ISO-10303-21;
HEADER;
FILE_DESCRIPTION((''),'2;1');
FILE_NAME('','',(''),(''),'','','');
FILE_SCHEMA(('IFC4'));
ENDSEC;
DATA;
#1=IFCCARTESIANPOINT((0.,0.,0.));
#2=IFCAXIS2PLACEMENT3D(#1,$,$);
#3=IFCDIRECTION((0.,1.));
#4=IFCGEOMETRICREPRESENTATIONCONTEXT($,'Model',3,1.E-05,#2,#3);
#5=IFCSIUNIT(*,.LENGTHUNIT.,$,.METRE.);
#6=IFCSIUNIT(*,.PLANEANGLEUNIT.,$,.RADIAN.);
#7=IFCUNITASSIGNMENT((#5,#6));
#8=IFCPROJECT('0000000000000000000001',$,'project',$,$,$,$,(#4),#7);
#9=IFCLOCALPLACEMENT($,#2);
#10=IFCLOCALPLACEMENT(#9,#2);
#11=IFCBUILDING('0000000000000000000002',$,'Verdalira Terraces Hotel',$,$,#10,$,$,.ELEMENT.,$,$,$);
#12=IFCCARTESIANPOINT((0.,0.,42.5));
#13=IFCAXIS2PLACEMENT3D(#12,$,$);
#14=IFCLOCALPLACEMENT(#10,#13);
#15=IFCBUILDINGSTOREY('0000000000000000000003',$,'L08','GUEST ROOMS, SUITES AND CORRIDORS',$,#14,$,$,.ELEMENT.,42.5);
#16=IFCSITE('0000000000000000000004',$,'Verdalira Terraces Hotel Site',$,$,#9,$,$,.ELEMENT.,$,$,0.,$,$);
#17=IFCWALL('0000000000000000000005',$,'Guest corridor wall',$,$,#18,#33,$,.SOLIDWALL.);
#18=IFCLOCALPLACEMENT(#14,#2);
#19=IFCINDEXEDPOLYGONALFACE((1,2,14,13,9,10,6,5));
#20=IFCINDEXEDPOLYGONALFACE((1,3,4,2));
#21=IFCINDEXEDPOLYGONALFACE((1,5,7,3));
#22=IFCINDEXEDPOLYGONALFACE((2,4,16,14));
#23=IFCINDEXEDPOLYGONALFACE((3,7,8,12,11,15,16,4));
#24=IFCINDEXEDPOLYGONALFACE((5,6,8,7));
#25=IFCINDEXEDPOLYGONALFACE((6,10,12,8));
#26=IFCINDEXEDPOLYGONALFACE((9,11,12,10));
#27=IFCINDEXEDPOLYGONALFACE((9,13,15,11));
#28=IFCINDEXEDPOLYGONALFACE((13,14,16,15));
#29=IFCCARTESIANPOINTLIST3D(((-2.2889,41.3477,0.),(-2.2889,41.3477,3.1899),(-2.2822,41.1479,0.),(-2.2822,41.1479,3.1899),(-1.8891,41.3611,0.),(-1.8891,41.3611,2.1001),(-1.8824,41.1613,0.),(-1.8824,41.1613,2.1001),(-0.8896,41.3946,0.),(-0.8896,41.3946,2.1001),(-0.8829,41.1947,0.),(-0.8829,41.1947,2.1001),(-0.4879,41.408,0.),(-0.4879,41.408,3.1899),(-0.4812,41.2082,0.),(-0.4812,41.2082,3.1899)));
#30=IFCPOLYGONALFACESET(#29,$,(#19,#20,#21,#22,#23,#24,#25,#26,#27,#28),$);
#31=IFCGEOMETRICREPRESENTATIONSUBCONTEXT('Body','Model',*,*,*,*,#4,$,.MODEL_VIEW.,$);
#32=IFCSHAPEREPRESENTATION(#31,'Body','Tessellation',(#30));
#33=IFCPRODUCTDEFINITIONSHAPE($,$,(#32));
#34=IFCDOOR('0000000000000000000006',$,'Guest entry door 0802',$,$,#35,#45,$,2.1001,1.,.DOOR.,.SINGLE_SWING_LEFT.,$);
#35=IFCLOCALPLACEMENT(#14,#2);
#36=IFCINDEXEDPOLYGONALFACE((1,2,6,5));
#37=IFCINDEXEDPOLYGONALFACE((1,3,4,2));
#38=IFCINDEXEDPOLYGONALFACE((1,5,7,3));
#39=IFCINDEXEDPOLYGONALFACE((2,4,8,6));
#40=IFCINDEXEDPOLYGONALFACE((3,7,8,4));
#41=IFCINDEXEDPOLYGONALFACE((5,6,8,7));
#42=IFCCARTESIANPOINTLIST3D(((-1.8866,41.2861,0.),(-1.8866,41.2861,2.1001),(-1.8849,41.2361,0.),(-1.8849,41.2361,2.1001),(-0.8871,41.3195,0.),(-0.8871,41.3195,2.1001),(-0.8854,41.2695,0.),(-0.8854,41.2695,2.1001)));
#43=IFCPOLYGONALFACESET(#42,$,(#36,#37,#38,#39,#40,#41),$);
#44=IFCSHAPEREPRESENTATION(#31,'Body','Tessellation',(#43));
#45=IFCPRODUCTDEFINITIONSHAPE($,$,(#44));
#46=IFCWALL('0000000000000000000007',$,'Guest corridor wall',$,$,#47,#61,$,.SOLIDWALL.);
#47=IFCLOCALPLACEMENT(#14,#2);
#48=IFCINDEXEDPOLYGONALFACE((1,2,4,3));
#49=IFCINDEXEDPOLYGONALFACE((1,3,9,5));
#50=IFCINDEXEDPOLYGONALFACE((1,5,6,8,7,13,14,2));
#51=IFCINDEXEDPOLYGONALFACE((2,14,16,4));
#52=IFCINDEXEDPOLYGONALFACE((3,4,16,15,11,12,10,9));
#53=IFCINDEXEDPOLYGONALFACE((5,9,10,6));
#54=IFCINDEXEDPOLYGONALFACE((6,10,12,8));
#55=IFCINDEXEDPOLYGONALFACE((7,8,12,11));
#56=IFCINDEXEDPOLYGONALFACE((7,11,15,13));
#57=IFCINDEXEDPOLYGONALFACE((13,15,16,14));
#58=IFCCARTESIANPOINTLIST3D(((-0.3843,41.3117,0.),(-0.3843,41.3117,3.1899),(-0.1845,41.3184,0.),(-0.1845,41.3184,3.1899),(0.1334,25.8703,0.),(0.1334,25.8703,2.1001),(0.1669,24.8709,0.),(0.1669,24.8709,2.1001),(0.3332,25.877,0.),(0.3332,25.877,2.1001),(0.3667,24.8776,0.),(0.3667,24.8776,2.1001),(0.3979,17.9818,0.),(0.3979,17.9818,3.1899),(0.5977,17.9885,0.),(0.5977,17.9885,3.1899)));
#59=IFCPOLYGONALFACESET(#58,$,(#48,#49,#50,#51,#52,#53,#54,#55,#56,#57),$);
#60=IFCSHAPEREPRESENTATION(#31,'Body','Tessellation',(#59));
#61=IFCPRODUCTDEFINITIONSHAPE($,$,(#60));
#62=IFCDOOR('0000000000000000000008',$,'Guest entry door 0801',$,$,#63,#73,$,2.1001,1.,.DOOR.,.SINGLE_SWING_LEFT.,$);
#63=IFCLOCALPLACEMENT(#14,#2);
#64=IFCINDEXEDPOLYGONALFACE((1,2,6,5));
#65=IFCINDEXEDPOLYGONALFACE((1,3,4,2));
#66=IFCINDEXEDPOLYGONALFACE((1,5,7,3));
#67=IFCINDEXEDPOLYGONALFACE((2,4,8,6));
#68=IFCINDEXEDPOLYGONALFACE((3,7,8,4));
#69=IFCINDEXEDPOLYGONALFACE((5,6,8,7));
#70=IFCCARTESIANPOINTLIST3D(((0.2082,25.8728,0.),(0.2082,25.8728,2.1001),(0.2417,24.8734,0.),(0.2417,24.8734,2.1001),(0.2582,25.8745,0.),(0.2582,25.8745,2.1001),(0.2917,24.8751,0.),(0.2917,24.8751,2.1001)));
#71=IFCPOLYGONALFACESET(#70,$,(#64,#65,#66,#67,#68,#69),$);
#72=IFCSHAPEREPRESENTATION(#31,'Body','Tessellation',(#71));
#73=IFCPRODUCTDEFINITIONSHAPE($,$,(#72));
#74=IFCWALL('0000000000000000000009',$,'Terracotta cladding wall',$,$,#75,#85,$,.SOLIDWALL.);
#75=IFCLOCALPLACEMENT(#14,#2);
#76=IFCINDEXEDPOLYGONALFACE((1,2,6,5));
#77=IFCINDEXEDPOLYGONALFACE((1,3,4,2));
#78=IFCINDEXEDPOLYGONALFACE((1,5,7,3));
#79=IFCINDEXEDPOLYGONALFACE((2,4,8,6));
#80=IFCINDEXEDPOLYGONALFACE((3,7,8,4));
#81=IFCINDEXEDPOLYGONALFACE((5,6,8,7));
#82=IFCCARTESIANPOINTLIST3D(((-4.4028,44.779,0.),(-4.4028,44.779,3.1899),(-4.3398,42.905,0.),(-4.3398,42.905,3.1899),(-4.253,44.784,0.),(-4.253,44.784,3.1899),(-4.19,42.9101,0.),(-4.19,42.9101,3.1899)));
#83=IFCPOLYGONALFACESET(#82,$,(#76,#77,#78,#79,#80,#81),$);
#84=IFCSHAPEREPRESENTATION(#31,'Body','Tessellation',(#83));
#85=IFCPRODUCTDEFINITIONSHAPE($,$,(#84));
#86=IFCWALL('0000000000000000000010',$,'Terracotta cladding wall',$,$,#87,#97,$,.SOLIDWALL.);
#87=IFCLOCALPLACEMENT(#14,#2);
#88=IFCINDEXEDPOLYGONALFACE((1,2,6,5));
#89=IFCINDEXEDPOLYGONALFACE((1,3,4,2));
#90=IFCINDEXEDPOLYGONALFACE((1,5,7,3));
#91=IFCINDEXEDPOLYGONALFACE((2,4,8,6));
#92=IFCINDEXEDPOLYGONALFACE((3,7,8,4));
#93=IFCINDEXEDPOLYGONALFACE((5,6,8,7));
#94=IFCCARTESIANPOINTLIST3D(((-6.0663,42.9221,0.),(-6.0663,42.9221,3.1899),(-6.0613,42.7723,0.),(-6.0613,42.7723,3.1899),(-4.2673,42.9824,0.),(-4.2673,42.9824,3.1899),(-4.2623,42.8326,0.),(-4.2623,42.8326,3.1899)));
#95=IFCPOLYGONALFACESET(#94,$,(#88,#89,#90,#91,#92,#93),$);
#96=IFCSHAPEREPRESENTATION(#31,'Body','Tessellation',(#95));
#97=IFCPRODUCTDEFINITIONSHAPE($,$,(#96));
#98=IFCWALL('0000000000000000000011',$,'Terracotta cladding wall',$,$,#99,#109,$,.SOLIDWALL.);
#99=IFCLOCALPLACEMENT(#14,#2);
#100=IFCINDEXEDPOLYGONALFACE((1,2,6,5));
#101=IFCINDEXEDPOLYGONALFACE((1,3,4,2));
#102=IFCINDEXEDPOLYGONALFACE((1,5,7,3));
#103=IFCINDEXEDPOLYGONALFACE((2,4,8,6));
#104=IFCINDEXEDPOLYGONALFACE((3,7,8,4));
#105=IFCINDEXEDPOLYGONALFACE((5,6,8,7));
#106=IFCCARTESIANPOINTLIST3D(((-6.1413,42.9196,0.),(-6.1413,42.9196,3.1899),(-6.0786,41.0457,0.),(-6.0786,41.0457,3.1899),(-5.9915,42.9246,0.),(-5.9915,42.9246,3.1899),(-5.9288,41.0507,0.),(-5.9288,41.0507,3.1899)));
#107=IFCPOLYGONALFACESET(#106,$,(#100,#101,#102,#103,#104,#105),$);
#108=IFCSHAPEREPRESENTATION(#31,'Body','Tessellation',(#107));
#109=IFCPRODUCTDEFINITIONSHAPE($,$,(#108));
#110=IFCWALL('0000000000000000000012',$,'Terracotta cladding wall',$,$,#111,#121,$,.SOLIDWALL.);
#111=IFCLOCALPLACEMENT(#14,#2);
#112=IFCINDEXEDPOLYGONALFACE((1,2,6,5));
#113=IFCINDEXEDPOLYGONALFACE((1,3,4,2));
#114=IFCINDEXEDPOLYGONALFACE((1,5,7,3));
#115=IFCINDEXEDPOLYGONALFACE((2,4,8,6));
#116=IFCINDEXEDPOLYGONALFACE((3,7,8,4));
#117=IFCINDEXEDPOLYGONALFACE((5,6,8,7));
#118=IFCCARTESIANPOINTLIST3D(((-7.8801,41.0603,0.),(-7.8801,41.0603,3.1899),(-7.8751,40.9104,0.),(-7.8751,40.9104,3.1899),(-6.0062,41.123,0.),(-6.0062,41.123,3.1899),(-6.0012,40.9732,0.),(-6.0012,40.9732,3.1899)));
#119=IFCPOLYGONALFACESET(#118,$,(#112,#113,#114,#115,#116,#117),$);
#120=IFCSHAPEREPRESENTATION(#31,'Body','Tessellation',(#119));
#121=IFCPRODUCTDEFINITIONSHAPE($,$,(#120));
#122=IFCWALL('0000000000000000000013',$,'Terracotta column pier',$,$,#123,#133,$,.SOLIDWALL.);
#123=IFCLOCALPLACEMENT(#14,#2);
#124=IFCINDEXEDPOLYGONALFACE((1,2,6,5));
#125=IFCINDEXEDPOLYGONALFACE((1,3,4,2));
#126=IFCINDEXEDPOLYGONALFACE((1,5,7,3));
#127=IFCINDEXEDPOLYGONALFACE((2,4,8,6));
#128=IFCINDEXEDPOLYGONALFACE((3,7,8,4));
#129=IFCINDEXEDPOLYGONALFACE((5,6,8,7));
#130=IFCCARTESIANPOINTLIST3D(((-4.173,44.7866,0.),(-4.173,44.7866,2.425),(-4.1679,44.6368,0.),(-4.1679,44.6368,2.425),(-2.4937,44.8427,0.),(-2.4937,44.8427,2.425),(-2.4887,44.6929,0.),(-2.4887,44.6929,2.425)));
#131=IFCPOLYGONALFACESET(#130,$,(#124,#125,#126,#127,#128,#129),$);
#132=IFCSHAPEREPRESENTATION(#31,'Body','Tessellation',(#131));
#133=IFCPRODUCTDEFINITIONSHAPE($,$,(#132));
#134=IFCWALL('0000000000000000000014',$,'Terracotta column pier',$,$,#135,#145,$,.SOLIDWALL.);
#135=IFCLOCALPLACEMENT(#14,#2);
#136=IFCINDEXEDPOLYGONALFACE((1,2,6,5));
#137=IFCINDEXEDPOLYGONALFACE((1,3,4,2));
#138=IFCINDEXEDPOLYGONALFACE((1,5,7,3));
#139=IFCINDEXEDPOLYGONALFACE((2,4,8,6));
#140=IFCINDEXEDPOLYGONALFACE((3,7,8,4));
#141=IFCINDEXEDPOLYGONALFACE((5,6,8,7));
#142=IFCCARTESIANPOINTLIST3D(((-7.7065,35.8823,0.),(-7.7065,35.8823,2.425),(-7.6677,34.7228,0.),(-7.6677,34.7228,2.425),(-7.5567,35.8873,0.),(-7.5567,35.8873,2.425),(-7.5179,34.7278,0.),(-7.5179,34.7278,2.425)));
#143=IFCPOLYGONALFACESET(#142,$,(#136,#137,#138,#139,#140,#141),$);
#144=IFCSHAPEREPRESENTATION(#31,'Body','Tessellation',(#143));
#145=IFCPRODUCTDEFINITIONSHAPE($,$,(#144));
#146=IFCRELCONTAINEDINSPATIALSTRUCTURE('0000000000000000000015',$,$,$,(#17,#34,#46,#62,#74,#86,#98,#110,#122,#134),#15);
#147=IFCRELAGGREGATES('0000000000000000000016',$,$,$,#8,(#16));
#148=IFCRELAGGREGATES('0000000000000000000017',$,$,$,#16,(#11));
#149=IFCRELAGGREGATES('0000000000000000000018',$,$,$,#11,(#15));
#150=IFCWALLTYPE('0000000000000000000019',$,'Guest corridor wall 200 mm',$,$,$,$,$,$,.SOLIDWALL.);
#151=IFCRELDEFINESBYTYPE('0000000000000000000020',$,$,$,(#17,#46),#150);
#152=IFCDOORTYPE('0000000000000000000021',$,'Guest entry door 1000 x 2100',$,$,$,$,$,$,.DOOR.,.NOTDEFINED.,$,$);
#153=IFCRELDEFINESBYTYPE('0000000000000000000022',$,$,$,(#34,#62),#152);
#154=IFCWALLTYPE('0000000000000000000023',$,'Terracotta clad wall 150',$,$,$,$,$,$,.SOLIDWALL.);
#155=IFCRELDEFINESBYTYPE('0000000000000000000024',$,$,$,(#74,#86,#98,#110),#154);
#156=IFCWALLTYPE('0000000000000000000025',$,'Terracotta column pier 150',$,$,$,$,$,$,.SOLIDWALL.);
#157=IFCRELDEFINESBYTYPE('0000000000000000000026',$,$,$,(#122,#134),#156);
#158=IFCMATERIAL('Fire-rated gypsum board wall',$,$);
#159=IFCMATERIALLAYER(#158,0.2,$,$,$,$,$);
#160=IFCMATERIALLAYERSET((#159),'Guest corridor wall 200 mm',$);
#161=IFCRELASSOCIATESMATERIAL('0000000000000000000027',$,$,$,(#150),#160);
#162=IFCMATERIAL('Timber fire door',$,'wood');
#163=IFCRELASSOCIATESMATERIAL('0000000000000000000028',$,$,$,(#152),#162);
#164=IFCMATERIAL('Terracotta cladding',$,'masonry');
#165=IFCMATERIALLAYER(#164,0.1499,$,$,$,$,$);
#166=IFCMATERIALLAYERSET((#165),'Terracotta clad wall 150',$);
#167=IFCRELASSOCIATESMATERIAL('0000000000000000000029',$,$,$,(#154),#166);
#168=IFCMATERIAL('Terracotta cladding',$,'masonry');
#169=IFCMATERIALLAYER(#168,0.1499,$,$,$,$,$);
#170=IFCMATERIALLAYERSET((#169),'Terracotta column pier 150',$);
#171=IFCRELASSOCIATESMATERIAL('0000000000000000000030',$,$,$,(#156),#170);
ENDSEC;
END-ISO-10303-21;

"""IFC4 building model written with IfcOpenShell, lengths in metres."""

from ifc_helpers import new_model, si_unit, direction, frame, frame_2d, origin, place, context, subcontext, project, spatial, rectangle, extrude, material, layer, layer_set, type_object, element, fill, save


model = new_model("IFC4")

# Units and contexts
model_context = context("Model", 3, precision=1e-05, world=origin(), true_north=direction((0.0, 1.0)))
body_context = subcontext(model_context, "Body", "Model", "MODEL_VIEW")
ifc_project = project(units=[si_unit("LENGTHUNIT", "METRE"), si_unit("PLANEANGLEUNIT", "RADIAN")], contexts=[model_context])

# Site, building, storey
site_placement = place(None, origin())
site = spatial("IfcSite", under=ifc_project, at=site_placement, Name="Verdalira Terraces Hotel Site", CompositionType="ELEMENT", RefElevation=0.0)
building_placement = place(site_placement, origin())
building = spatial("IfcBuilding", under=site, at=building_placement, Name="Verdalira Terraces Hotel", CompositionType="ELEMENT")
storey_placement = place(building_placement, frame((0.0, 0.0, 42.5)))
storey = spatial("IfcBuildingStorey", under=building, at=storey_placement, Name="L08", Description="GUEST ROOMS, SUITES AND CORRIDORS", CompositionType="ELEMENT", Elevation=42.5)

# Walls, openings, doors
ifc_material_1 = material(Name="Fire-rated gypsum board wall")
ifc_layer_1 = layer(ifc_material_1, 0.2)
ifc_layer_set_1 = layer_set([ifc_layer_1], Name="Guest corridor wall 200 mm")
wall_type_1 = type_object("IfcWallType", Name="Guest corridor wall 200 mm", PredefinedType="SOLIDWALL", material=ifc_layer_set_1)
wall_1_placement = place(storey_placement, frame((-2.2854, 41.2478, 0.0), z_axis=(0.0, 0.0, 1.0), x_axis=(0.99944, 0.033464, 0.0)))
wall_1 = element("IfcWall", 1, at=wall_1_placement, inside=storey, type_object=wall_type_1, Name="Guest corridor wall", PredefinedType="SOLIDWALL", context=body_context, shape_type="SweptSolid", body=[
    extrude(rectangle(XDim=1.802, YDim=0.2, at=frame_2d((0.9009, 0.0))), origin(), (0.0, 0.0, 1.0), 3.1899),
])
opening_1_placement = place(wall_1_placement, frame((0.3999, 0.0, 0.0)))
opening_1 = element("IfcOpeningElement", 2, at=opening_1_placement, cuts=wall_1, PredefinedType="OPENING", context=body_context, shape_type="SweptSolid", body=[
    extrude(rectangle(XDim=1.0, YDim=2.1001, at=frame_2d((0.5, 1.05))), frame((0.0, 0.1099, 0.0), z_axis=(0.0, -1.0, 0.0), x_axis=(1.0, 0.0, 0.0)), (0.0, 0.0, 1.0), 0.22),
])
ifc_material_2 = material(Name="Timber fire door", Category="wood")
door_type_1 = type_object("IfcDoorType", Name="Guest entry door 1000 x 2100", OperationType="NOTDEFINED", PredefinedType="DOOR", material=ifc_material_2)
door_1_placement = place(opening_1_placement, origin())
door_1 = element("IfcDoor", 3, at=door_1_placement, inside=storey, type_object=door_type_1, Name="Guest entry door 0802", OperationType="SINGLE_SWING_LEFT", OverallHeight=2.1001, OverallWidth=1.0, PredefinedType="DOOR", context=body_context, shape_type="SweptSolid", body=[
    extrude(rectangle(XDim=1.0, YDim=2.1001, at=frame_2d((0.5, 1.05))), frame((0.0, 0.0249, 0.0), z_axis=(0.0, -1.0, 0.0), x_axis=(1.0, 0.0, 0.0)), (0.0, 0.0, 1.0), 0.05),
])
fill(opening_1, door_1)
wall_2_placement = place(storey_placement, frame((-0.2844, 41.3149, 0.0), z_axis=(0.0, 0.0, 1.0), x_axis=(0.03351, -0.999438, 0.0)))
wall_2 = element("IfcWall", 4, at=wall_2_placement, inside=storey, type_object=wall_type_1, Name="Guest corridor wall", PredefinedType="SOLIDWALL", context=body_context, shape_type="SweptSolid", body=[
    extrude(rectangle(XDim=23.343, YDim=0.2, at=frame_2d((11.6714, 0.0))), origin(), (0.0, 0.0, 1.0), 3.1899),
])
opening_2_placement = place(wall_2_placement, frame((15.45, 0.0, 0.0)))
opening_2 = element("IfcOpeningElement", 5, at=opening_2_placement, cuts=wall_2, PredefinedType="OPENING", context=body_context, shape_type="SweptSolid", body=[
    extrude(rectangle(XDim=1.0, YDim=2.1001, at=frame_2d((0.5, 1.05))), frame((0.0, 0.1099, 0.0), z_axis=(0.0, -1.0, 0.0), x_axis=(1.0, 0.0, 0.0)), (0.0, 0.0, 1.0), 0.22),
])
door_2_placement = place(opening_2_placement, origin())
door_2 = element("IfcDoor", 6, at=door_2_placement, inside=storey, type_object=door_type_1, Name="Guest entry door 0801", OperationType="SINGLE_SWING_LEFT", OverallHeight=2.1001, OverallWidth=1.0, PredefinedType="DOOR", context=body_context, shape_type="SweptSolid", body=[
    extrude(rectangle(XDim=1.0, YDim=2.1001, at=frame_2d((0.5, 1.05))), frame((0.0, 0.0249, 0.0), z_axis=(0.0, -1.0, 0.0), x_axis=(1.0, 0.0, 0.0)), (0.0, 0.0, 1.0), 0.05),
])
fill(opening_2, door_2)

# Walls
ifc_material_3 = material(Name="Terracotta cladding", Category="masonry")
ifc_layer_2 = layer(ifc_material_3, 0.1499)
ifc_layer_set_2 = layer_set([ifc_layer_2], Name="Terracotta clad wall 150")
wall_type_2 = type_object("IfcWallType", Name="Terracotta clad wall 150", PredefinedType="SOLIDWALL", material=ifc_layer_set_2)
wall_3_placement = place(storey_placement, frame((-4.3279, 44.7815, 0.0), z_axis=(0.0, 0.0, 1.0), x_axis=(0.033592, -0.999436, 0.0)))
element("IfcWall", 7, at=wall_3_placement, inside=storey, type_object=wall_type_2, Name="Terracotta cladding wall", PredefinedType="SOLIDWALL", context=body_context, shape_type="SweptSolid", body=[
    extrude(rectangle(XDim=1.875, YDim=0.1499, at=frame_2d((0.9375, 0.0))), origin(), (0.0, 0.0, 1.0), 3.1899),
])
wall_4_placement = place(storey_placement, frame((-4.2649, 42.9075, 0.0), z_axis=(0.0, 0.0, 1.0), x_axis=(-0.999439, -0.0335, 0.0)))
element("IfcWall", 8, at=wall_4_placement, inside=storey, type_object=wall_type_2, Name="Terracotta cladding wall", PredefinedType="SOLIDWALL", context=body_context, shape_type="SweptSolid", body=[
    extrude(rectangle(XDim=1.8, YDim=0.1499, at=frame_2d((0.8999, 0.0))), origin(), (0.0, 0.0, 1.0), 3.1899),
])
for number, where, z_axis, x_axis, name in (
    (9, (-6.0664, 42.9221, 0.0), (0.0, 0.0, 1.0), (0.033462, -0.99944, 0.0), "Terracotta cladding wall"),
    (10, (-6.0037, 41.0481, 0.0), (0.0, 0.0, 1.0), (-0.99944, -0.033462, 0.0), "Terracotta cladding wall"),
):
    element("IfcWall", number, at=place(storey_placement, frame(where, z_axis=z_axis, x_axis=x_axis)), inside=storey, type_object=wall_type_2, Name=name, PredefinedType="SOLIDWALL", context=body_context, shape_type="SweptSolid", body=[
        extrude(rectangle(XDim=1.875, YDim=0.1499, at=frame_2d((0.9375, 0.0))), origin(), (0.0, 0.0, 1.0), 3.1899),
    ])
ifc_material_4 = material(Name="Terracotta cladding", Category="masonry")
ifc_layer_3 = layer(ifc_material_4, 0.1499)
ifc_layer_set_3 = layer_set([ifc_layer_3], Name="Terracotta column pier 150")
wall_type_3 = type_object("IfcWallType", Name="Terracotta column pier 150", PredefinedType="SOLIDWALL", material=ifc_layer_set_3)
wall_5_placement = place(storey_placement, frame((-2.4912, 44.7678, 0.0), z_axis=(0.0, 0.0, 1.0), x_axis=(-0.999441, -0.033421, 0.0)))
element("IfcWall", 11, at=wall_5_placement, inside=storey, type_object=wall_type_3, Name="Terracotta column pier", PredefinedType="SOLIDWALL", context=body_context, shape_type="SweptSolid", body=[
    extrude(rectangle(XDim=1.6802, YDim=0.1499, at=frame_2d((0.8401, 0.0))), origin(), (0.0, 0.0, 1.0), 2.425),
])
wall_6_placement = place(storey_placement, frame((-7.6316, 35.8848, 0.0), z_axis=(0.0, 0.0, 1.0), x_axis=(0.033462, -0.99944, 0.0)))
element("IfcWall", 12, at=wall_6_placement, inside=storey, type_object=wall_type_3, Name="Terracotta column pier", PredefinedType="SOLIDWALL", context=body_context, shape_type="SweptSolid", body=[
    extrude(rectangle(XDim=1.1602, YDim=0.1499, at=frame_2d((0.5801, 0.0))), origin(), (0.0, 0.0, 1.0), 2.425),
])

save(model, "model.ifc")
